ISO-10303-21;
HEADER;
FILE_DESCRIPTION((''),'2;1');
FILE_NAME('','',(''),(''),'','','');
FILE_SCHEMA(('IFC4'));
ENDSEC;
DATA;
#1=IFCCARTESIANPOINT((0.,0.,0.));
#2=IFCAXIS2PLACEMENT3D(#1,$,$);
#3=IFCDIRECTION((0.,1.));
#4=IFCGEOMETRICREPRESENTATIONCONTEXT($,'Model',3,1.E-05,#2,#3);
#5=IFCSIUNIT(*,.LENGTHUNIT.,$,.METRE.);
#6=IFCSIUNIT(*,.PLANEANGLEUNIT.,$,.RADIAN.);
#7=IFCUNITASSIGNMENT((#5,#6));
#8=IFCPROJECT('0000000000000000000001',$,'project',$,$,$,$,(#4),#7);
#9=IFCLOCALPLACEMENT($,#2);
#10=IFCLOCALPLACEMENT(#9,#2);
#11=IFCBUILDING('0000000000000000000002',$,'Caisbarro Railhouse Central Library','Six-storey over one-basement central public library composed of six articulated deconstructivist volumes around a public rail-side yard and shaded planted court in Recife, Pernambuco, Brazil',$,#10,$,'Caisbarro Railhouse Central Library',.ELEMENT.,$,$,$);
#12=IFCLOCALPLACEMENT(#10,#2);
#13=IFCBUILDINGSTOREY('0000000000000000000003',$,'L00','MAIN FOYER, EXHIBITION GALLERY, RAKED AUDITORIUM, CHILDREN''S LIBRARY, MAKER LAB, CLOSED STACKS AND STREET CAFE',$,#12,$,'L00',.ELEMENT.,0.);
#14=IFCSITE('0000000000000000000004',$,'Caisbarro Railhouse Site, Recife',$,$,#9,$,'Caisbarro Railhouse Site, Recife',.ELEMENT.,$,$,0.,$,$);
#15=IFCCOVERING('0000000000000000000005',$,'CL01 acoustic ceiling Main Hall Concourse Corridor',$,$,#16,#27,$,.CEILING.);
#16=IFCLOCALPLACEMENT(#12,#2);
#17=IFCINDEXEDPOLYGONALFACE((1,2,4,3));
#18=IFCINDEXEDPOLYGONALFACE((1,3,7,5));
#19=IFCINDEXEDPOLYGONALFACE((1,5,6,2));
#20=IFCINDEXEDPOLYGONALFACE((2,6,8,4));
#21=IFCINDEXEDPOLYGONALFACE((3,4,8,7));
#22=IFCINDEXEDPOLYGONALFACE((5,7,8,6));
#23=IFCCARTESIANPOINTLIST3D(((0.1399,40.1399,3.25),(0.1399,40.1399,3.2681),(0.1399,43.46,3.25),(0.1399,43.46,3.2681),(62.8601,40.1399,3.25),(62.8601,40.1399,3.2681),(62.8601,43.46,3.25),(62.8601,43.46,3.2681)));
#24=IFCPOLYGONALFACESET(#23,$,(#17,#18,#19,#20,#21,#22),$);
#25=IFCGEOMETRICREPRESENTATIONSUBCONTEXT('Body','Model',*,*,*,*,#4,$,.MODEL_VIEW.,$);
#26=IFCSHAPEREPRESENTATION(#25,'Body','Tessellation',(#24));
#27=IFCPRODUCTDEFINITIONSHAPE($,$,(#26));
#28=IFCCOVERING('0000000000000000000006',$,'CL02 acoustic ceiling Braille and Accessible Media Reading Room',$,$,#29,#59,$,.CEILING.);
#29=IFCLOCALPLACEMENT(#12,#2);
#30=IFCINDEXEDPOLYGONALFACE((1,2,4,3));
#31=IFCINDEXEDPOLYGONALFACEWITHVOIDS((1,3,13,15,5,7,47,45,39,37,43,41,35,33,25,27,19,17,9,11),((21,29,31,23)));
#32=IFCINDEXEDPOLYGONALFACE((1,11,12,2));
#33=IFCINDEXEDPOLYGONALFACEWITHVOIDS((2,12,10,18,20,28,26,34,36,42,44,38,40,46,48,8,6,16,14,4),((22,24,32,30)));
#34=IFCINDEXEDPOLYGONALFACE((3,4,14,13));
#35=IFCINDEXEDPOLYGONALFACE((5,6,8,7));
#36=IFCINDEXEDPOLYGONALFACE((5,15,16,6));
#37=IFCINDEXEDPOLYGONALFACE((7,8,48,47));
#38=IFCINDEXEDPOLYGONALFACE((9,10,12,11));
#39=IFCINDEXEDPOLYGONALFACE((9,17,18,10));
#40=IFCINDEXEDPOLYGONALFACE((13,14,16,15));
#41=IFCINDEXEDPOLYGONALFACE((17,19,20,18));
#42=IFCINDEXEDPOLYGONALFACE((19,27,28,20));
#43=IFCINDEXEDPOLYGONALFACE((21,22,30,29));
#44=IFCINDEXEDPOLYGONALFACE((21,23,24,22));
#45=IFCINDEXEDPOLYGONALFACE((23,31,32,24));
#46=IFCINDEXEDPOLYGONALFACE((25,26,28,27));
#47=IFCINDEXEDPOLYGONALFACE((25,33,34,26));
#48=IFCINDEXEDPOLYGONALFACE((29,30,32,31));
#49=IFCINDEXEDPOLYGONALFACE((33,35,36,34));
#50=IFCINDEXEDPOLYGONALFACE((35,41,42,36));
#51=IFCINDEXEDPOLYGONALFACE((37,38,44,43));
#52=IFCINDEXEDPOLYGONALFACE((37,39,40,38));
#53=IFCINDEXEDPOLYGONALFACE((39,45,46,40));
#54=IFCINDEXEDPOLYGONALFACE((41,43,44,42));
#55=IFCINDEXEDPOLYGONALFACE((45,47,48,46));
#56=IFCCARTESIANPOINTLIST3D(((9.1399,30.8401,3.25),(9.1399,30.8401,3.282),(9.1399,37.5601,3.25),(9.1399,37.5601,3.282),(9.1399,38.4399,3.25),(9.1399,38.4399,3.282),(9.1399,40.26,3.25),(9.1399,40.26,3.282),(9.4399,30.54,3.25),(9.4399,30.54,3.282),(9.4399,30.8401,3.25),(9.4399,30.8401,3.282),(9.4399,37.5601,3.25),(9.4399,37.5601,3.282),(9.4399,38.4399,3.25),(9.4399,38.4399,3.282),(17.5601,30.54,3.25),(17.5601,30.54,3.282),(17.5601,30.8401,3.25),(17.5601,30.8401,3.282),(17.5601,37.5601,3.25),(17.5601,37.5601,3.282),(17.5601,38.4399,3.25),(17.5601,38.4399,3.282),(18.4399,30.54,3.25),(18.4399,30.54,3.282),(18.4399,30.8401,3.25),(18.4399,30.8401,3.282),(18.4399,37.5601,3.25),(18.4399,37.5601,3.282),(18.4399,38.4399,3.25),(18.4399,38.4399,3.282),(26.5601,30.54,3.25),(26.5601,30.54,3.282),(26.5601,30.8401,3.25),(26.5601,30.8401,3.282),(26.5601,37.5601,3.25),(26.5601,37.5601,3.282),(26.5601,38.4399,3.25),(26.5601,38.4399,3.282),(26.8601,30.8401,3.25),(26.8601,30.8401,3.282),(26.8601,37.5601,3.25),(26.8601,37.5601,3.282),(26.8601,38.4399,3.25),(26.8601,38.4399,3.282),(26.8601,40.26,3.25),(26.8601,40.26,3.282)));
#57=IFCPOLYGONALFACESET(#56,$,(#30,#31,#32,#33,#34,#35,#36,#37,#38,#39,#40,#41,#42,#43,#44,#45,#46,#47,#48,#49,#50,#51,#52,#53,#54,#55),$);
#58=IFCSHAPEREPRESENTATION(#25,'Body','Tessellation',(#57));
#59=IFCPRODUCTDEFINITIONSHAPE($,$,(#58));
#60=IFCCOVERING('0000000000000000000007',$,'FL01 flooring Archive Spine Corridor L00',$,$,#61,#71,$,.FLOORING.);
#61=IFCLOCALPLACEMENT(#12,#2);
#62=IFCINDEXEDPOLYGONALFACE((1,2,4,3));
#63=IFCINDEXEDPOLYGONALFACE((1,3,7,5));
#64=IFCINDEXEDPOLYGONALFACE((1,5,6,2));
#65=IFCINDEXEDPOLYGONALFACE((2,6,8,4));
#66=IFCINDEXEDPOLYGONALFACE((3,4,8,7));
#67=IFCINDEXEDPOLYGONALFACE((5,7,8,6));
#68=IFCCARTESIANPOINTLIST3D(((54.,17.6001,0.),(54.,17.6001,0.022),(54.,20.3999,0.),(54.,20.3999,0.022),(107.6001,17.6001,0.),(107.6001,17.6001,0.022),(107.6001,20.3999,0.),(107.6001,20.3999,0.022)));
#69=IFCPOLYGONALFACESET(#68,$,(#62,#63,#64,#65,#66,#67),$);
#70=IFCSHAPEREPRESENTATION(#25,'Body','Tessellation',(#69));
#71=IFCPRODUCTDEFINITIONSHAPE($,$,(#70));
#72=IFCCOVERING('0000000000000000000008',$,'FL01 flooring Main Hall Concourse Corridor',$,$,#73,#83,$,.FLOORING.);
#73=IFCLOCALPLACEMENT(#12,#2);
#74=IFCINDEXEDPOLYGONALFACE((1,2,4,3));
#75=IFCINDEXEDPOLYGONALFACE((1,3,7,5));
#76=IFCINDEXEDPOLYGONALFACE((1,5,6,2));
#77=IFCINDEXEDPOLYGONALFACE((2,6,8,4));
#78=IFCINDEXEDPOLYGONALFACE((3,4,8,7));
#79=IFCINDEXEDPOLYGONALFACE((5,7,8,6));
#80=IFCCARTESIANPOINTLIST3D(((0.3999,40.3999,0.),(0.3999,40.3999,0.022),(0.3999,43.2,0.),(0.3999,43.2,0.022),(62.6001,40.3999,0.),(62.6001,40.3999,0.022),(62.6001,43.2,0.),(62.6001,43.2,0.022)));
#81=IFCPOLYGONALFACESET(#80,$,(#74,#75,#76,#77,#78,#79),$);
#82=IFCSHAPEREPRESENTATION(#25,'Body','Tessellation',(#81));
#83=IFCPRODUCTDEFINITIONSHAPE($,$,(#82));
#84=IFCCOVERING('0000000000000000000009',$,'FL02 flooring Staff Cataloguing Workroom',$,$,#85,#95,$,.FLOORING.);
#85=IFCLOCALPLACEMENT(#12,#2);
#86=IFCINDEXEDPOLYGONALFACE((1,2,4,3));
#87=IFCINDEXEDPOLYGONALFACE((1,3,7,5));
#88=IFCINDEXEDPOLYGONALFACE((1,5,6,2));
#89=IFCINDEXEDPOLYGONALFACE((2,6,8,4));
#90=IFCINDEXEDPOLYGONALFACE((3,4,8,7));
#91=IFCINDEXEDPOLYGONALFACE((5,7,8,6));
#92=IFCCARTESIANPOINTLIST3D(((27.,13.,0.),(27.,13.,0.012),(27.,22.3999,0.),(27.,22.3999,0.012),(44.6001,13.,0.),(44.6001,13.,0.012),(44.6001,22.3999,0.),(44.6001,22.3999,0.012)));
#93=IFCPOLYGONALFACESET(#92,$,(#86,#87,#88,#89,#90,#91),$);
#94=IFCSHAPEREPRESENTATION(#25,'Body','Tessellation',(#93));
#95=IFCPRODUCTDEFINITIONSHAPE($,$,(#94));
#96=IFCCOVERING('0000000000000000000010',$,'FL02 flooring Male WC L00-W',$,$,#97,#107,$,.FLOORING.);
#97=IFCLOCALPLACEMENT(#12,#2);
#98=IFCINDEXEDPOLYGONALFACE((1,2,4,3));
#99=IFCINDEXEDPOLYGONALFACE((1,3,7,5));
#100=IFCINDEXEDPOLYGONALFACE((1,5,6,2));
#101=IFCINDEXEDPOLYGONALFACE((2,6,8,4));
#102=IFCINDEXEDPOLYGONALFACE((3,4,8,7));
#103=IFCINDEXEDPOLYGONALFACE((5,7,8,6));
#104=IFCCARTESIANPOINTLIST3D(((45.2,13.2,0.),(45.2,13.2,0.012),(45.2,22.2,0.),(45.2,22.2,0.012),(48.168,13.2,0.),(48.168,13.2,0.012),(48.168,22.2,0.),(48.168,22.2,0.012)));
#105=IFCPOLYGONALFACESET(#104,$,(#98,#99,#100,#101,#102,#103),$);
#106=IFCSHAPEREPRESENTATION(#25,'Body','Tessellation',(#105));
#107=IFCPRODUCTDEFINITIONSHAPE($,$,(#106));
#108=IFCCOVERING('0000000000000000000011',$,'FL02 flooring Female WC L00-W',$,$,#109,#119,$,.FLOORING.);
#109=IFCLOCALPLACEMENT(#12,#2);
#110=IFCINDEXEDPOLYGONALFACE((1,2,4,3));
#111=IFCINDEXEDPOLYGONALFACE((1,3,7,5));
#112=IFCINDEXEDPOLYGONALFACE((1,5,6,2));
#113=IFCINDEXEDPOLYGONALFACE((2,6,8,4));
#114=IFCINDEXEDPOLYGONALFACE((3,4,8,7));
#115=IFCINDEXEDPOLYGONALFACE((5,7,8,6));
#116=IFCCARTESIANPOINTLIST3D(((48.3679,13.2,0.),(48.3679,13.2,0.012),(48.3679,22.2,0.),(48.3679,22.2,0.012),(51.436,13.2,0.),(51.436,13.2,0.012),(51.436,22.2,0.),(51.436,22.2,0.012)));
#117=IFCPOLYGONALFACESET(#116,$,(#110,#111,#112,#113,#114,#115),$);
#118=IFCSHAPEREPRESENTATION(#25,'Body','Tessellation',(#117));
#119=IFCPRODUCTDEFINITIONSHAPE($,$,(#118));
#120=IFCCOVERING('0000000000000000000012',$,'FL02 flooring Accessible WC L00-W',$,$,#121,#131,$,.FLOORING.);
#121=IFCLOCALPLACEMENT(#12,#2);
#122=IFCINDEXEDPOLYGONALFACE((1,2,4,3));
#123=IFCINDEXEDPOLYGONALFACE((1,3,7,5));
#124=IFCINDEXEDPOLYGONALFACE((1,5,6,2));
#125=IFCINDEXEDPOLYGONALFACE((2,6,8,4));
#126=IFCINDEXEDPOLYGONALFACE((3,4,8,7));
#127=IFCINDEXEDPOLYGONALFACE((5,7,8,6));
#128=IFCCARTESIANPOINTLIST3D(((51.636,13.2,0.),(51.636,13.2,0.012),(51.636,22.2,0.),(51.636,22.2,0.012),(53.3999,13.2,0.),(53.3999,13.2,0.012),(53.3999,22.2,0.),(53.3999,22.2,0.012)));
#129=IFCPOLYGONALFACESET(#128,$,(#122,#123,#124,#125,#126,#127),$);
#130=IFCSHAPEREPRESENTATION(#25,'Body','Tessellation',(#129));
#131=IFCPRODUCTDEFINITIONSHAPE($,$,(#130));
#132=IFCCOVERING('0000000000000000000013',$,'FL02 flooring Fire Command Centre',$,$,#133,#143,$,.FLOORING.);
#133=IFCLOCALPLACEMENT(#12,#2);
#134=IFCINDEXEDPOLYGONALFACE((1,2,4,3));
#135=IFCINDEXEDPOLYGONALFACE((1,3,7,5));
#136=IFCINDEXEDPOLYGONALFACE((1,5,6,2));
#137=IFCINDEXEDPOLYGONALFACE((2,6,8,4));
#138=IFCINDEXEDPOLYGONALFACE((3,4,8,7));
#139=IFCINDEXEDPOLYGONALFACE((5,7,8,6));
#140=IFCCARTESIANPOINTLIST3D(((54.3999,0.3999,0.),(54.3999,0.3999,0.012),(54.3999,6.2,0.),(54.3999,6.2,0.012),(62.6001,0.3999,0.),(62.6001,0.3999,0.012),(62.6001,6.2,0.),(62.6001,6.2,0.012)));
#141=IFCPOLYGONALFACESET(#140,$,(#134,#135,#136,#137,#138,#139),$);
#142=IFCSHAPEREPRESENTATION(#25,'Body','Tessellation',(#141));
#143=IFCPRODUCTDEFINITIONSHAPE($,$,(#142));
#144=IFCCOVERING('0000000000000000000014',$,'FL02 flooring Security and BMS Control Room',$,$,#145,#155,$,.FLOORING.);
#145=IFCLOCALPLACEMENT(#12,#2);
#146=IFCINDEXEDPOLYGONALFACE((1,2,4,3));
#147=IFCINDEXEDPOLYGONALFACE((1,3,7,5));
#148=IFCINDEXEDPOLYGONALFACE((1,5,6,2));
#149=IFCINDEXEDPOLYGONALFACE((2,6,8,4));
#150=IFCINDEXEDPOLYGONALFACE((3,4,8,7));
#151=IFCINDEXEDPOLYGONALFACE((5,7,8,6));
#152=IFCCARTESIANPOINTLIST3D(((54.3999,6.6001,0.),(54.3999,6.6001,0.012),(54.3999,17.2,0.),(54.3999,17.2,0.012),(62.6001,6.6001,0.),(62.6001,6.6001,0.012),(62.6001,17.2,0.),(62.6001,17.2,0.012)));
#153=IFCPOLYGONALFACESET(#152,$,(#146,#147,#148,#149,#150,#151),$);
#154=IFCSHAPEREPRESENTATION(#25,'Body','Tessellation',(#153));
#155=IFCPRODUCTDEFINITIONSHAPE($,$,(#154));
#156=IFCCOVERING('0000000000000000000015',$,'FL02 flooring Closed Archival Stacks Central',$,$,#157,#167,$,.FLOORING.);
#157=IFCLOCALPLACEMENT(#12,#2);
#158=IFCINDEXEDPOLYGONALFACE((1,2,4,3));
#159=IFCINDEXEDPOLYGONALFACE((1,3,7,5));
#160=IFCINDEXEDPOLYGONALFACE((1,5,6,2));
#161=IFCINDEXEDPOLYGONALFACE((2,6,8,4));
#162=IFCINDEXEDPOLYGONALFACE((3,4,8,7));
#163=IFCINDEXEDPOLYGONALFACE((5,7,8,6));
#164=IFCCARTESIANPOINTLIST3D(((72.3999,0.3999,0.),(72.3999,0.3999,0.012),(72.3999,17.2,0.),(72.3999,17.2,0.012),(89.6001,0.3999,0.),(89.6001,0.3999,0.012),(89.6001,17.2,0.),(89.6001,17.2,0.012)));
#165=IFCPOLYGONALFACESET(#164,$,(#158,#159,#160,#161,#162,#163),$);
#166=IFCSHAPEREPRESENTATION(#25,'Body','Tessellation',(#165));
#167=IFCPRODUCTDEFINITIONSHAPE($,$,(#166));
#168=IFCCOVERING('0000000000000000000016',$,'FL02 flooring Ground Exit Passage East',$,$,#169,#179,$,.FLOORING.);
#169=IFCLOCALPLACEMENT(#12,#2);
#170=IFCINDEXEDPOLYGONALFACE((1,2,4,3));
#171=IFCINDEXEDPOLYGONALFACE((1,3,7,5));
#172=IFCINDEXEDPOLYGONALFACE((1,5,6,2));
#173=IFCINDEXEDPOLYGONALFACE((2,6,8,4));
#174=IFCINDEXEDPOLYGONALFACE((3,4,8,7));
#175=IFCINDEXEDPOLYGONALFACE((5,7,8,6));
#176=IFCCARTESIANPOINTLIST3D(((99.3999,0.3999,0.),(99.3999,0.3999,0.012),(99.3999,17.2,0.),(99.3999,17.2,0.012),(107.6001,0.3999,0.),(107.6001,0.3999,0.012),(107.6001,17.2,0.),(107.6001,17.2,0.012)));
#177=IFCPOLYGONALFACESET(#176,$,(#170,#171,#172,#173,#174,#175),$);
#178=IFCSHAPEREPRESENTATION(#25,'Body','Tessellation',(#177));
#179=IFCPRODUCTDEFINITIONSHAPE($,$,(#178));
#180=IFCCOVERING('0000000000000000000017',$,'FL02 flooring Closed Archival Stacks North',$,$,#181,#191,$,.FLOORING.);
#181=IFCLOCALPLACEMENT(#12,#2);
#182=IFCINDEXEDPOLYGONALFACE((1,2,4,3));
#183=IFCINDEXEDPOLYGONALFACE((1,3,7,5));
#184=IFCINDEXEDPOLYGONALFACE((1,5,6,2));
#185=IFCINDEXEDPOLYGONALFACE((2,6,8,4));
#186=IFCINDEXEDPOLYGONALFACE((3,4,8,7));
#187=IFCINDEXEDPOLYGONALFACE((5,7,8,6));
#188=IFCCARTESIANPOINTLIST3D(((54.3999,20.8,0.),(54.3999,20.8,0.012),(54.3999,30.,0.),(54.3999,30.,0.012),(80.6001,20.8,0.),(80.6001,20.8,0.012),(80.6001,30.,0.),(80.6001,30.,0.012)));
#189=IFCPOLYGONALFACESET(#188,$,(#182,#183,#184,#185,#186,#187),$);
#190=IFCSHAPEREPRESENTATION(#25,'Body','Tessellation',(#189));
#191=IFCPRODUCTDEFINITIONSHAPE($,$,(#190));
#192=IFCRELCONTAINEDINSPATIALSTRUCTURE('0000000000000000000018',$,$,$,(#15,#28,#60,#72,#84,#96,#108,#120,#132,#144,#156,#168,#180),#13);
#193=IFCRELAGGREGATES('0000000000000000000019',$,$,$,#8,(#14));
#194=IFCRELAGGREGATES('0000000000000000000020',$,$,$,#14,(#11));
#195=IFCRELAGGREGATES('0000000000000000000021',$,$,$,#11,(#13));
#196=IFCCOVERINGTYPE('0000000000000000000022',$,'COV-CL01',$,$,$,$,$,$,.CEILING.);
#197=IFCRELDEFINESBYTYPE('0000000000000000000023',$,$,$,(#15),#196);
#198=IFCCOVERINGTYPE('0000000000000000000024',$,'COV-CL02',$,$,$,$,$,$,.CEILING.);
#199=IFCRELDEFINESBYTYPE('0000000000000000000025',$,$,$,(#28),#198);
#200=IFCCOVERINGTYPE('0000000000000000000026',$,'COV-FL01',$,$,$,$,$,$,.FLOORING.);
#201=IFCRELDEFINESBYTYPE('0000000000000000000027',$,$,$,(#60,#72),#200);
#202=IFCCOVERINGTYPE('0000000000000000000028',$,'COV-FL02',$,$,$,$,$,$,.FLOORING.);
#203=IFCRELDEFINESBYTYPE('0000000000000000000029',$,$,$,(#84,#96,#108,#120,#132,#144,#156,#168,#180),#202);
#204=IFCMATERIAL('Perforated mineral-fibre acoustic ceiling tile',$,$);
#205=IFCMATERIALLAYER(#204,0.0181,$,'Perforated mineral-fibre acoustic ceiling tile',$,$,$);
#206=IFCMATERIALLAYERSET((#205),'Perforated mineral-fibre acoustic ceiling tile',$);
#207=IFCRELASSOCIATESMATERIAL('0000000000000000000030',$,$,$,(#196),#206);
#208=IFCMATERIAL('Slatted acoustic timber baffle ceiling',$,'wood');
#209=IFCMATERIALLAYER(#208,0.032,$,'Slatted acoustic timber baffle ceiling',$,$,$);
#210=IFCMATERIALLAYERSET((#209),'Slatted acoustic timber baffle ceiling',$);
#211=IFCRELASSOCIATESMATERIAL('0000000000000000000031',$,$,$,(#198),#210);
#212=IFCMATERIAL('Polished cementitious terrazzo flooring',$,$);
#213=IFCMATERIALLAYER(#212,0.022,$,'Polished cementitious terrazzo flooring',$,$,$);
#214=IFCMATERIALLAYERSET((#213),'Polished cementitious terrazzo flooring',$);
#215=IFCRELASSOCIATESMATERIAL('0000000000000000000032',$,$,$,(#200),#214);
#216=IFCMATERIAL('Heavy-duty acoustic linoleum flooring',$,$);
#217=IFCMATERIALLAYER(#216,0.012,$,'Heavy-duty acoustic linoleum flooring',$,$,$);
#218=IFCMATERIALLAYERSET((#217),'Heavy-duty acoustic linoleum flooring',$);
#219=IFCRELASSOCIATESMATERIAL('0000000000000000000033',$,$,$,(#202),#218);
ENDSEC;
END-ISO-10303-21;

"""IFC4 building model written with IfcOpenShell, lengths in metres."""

from ifc_helpers import new_model, si_unit, direction, frame, origin, place, context, subcontext, project, spatial, polyline, outline, extrude, material, layer, layer_set, type_object, element, save


model = new_model("IFC4")

# Units and contexts
model_context = context("Model", 3, precision=1e-05, world=origin(), true_north=direction((0.0, 1.0)))
body_context = subcontext(model_context, "Body", "Model", "MODEL_VIEW")
ifc_project = project(units=[si_unit("LENGTHUNIT", "METRE"), si_unit("PLANEANGLEUNIT", "RADIAN")], contexts=[model_context])

# Site, building, storey
site_placement = place(None, origin())
site = spatial("IfcSite", under=ifc_project, at=site_placement, Name="Caisbarro Railhouse Site, Recife", LongName="Caisbarro Railhouse Site, Recife", CompositionType="ELEMENT", RefElevation=0.0)
building_placement = place(site_placement, origin())
building = spatial("IfcBuilding", under=site, at=building_placement, Name="Caisbarro Railhouse Central Library", Description="Six-storey over one-basement central public library composed of six articulated deconstructivist volumes around a public rail-side yard and shaded planted court in Recife, Pernambuco, Brazil", LongName="Caisbarro Railhouse Central Library", CompositionType="ELEMENT")
storey_placement = place(building_placement, origin())
storey = spatial("IfcBuildingStorey", under=building, at=storey_placement, Name="L00", Description="MAIN FOYER, EXHIBITION GALLERY, RAKED AUDITORIUM, CHILDREN'S LIBRARY, MAKER LAB, CLOSED STACKS AND STREET CAFE", LongName="L00", CompositionType="ELEMENT", Elevation=0.0)

# Coverings
ifc_material_1 = material(Name="Perforated mineral-fibre acoustic ceiling tile")
ifc_layer_1 = layer(ifc_material_1, 0.0181, Name="Perforated mineral-fibre acoustic ceiling tile")
ifc_layer_set_1 = layer_set([ifc_layer_1], Name="Perforated mineral-fibre acoustic ceiling tile")
covering_type_1 = type_object("IfcCoveringType", Name="COV-CL01", PredefinedType="CEILING", material=ifc_layer_set_1)
covering_1_placement = place(storey_placement, frame((0.0, 0.0, 3.25)))
element("IfcCovering", 1, at=covering_1_placement, inside=storey, type_object=covering_type_1, Name="CL01 acoustic ceiling Main Hall Concourse Corridor", PredefinedType="CEILING", context=body_context, shape_type="SweptSolid", body=[
    extrude(outline(polyline([(0.1399, 40.1399), (0.1399, 43.46), (62.8601, 43.46), (62.8601, 40.1399), (0.1399, 40.1399)])), origin(), (0.0, 0.0, 1.0), 0.0181),
])
ifc_material_2 = material(Name="Slatted acoustic timber baffle ceiling", Category="wood")
ifc_layer_2 = layer(ifc_material_2, 0.032, Name="Slatted acoustic timber baffle ceiling")
ifc_layer_set_2 = layer_set([ifc_layer_2], Name="Slatted acoustic timber baffle ceiling")
covering_type_2 = type_object("IfcCoveringType", Name="COV-CL02", PredefinedType="CEILING", material=ifc_layer_set_2)
covering_2_placement = place(storey_placement, frame((0.0, 0.0, 3.25)))
element("IfcCovering", 2, at=covering_2_placement, inside=storey, type_object=covering_type_2, Name="CL02 acoustic ceiling Braille and Accessible Media Reading Room", PredefinedType="CEILING", context=body_context, shape_type="SweptSolid", body=[
    extrude(outline(polyline([(17.5601, 30.8401), (17.5601, 30.54), (9.4399, 30.54), (9.4399, 30.8401), (9.1399, 30.8401), (9.1399, 37.5601), (9.4399, 37.5601), (9.4399, 38.4399), (9.1399, 38.4399), (9.1399, 40.26), (26.8601, 40.26), (26.8601, 38.4399), (26.5601, 38.4399), (26.5601, 37.5601), (26.8601, 37.5601), (26.8601, 30.8401), (26.5601, 30.8401), (26.5601, 30.54), (18.4399, 30.54), (18.4399, 30.8401), (17.5601, 30.8401)]), holes=[polyline([(17.5601, 37.5601), (18.4399, 37.5601), (18.4399, 38.4399), (17.5601, 38.4399), (17.5601, 37.5601)])]), origin(), (0.0, 0.0, 1.0), 0.032),
])
ifc_material_3 = material(Name="Polished cementitious terrazzo flooring")
ifc_layer_3 = layer(ifc_material_3, 0.022, Name="Polished cementitious terrazzo flooring")
ifc_layer_set_3 = layer_set([ifc_layer_3], Name="Polished cementitious terrazzo flooring")
covering_type_3 = type_object("IfcCoveringType", Name="COV-FL01", PredefinedType="FLOORING", material=ifc_layer_set_3)
covering_3_placement = place(storey_placement, origin())
element("IfcCovering", 3, at=covering_3_placement, inside=storey, type_object=covering_type_3, Name="FL01 flooring Archive Spine Corridor L00", PredefinedType="FLOORING", context=body_context, shape_type="SweptSolid", body=[
    extrude(outline(polyline([(54.0, 17.6001), (107.6001, 17.6001), (107.6001, 20.3999), (54.0, 20.3999), (54.0, 17.6001)])), origin(), (0.0, 0.0, 1.0), 0.022),
])
covering_4_placement = place(storey_placement, origin())
element("IfcCovering", 4, at=covering_4_placement, inside=storey, type_object=covering_type_3, Name="FL01 flooring Main Hall Concourse Corridor", PredefinedType="FLOORING", context=body_context, shape_type="SweptSolid", body=[
    extrude(outline(polyline([(0.3999, 40.3999), (62.6001, 40.3999), (62.6001, 43.2), (0.3999, 43.2), (0.3999, 40.3999)])), origin(), (0.0, 0.0, 1.0), 0.022),
])
ifc_material_4 = material(Name="Heavy-duty acoustic linoleum flooring")
ifc_layer_4 = layer(ifc_material_4, 0.012, Name="Heavy-duty acoustic linoleum flooring")
ifc_layer_set_4 = layer_set([ifc_layer_4], Name="Heavy-duty acoustic linoleum flooring")
covering_type_4 = type_object("IfcCoveringType", Name="COV-FL02", PredefinedType="FLOORING", material=ifc_layer_set_4)
covering_5_placement = place(storey_placement, origin())
element("IfcCovering", 5, at=covering_5_placement, inside=storey, type_object=covering_type_4, Name="FL02 flooring Staff Cataloguing Workroom", PredefinedType="FLOORING", context=body_context, shape_type="SweptSolid", body=[
    extrude(outline(polyline([(27.0, 13.0), (44.6001, 13.0), (44.6001, 22.3999), (27.0, 22.3999), (27.0, 13.0)])), origin(), (0.0, 0.0, 1.0), 0.012),
])
covering_6_placement = place(storey_placement, origin())
element("IfcCovering", 6, at=covering_6_placement, inside=storey, type_object=covering_type_4, Name="FL02 flooring Male WC L00-W", PredefinedType="FLOORING", context=body_context, shape_type="SweptSolid", body=[
    extrude(outline(polyline([(45.2, 13.2), (48.168, 13.2), (48.168, 22.2), (45.2, 22.2), (45.2, 13.2)])), origin(), (0.0, 0.0, 1.0), 0.012),
])
covering_7_placement = place(storey_placement, origin())
element("IfcCovering", 7, at=covering_7_placement, inside=storey, type_object=covering_type_4, Name="FL02 flooring Female WC L00-W", PredefinedType="FLOORING", context=body_context, shape_type="SweptSolid", body=[
    extrude(outline(polyline([(48.3679, 13.2), (51.436, 13.2), (51.436, 22.2), (48.3679, 22.2), (48.3679, 13.2)])), origin(), (0.0, 0.0, 1.0), 0.012),
])
covering_8_placement = place(storey_placement, origin())
element("IfcCovering", 8, at=covering_8_placement, inside=storey, type_object=covering_type_4, Name="FL02 flooring Accessible WC L00-W", PredefinedType="FLOORING", context=body_context, shape_type="SweptSolid", body=[
    extrude(outline(polyline([(51.636, 13.2), (53.3999, 13.2), (53.3999, 22.2), (51.636, 22.2), (51.636, 13.2)])), origin(), (0.0, 0.0, 1.0), 0.012),
])
covering_9_placement = place(storey_placement, origin())
element("IfcCovering", 9, at=covering_9_placement, inside=storey, type_object=covering_type_4, Name="FL02 flooring Fire Command Centre", PredefinedType="FLOORING", context=body_context, shape_type="SweptSolid", body=[
    extrude(outline(polyline([(54.3999, 0.3999), (62.6001, 0.3999), (62.6001, 6.2), (54.3999, 6.2), (54.3999, 0.3999)])), origin(), (0.0, 0.0, 1.0), 0.012),
])
covering_10_placement = place(storey_placement, origin())
element("IfcCovering", 10, at=covering_10_placement, inside=storey, type_object=covering_type_4, Name="FL02 flooring Security and BMS Control Room", PredefinedType="FLOORING", context=body_context, shape_type="SweptSolid", body=[
    extrude(outline(polyline([(54.3999, 6.6001), (62.6001, 6.6001), (62.6001, 17.2), (54.3999, 17.2), (54.3999, 6.6001)])), origin(), (0.0, 0.0, 1.0), 0.012),
])
covering_11_placement = place(storey_placement, origin())
element("IfcCovering", 11, at=covering_11_placement, inside=storey, type_object=covering_type_4, Name="FL02 flooring Closed Archival Stacks Central", PredefinedType="FLOORING", context=body_context, shape_type="SweptSolid", body=[
    extrude(outline(polyline([(72.3999, 0.3999), (89.6001, 0.3999), (89.6001, 17.2), (72.3999, 17.2), (72.3999, 0.3999)])), origin(), (0.0, 0.0, 1.0), 0.012),
])
covering_12_placement = place(storey_placement, origin())
element("IfcCovering", 12, at=covering_12_placement, inside=storey, type_object=covering_type_4, Name="FL02 flooring Ground Exit Passage East", PredefinedType="FLOORING", context=body_context, shape_type="SweptSolid", body=[
    extrude(outline(polyline([(99.3999, 0.3999), (107.6001, 0.3999), (107.6001, 17.2), (99.3999, 17.2), (99.3999, 0.3999)])), origin(), (0.0, 0.0, 1.0), 0.012),
])
covering_13_placement = place(storey_placement, origin())
element("IfcCovering", 13, at=covering_13_placement, inside=storey, type_object=covering_type_4, Name="FL02 flooring Closed Archival Stacks North", PredefinedType="FLOORING", context=body_context, shape_type="SweptSolid", body=[
    extrude(outline(polyline([(54.3999, 20.8), (80.6001, 20.8), (80.6001, 30.0), (54.3999, 30.0), (54.3999, 20.8)])), origin(), (0.0, 0.0, 1.0), 0.012),
])

save(model, "model.ifc")
